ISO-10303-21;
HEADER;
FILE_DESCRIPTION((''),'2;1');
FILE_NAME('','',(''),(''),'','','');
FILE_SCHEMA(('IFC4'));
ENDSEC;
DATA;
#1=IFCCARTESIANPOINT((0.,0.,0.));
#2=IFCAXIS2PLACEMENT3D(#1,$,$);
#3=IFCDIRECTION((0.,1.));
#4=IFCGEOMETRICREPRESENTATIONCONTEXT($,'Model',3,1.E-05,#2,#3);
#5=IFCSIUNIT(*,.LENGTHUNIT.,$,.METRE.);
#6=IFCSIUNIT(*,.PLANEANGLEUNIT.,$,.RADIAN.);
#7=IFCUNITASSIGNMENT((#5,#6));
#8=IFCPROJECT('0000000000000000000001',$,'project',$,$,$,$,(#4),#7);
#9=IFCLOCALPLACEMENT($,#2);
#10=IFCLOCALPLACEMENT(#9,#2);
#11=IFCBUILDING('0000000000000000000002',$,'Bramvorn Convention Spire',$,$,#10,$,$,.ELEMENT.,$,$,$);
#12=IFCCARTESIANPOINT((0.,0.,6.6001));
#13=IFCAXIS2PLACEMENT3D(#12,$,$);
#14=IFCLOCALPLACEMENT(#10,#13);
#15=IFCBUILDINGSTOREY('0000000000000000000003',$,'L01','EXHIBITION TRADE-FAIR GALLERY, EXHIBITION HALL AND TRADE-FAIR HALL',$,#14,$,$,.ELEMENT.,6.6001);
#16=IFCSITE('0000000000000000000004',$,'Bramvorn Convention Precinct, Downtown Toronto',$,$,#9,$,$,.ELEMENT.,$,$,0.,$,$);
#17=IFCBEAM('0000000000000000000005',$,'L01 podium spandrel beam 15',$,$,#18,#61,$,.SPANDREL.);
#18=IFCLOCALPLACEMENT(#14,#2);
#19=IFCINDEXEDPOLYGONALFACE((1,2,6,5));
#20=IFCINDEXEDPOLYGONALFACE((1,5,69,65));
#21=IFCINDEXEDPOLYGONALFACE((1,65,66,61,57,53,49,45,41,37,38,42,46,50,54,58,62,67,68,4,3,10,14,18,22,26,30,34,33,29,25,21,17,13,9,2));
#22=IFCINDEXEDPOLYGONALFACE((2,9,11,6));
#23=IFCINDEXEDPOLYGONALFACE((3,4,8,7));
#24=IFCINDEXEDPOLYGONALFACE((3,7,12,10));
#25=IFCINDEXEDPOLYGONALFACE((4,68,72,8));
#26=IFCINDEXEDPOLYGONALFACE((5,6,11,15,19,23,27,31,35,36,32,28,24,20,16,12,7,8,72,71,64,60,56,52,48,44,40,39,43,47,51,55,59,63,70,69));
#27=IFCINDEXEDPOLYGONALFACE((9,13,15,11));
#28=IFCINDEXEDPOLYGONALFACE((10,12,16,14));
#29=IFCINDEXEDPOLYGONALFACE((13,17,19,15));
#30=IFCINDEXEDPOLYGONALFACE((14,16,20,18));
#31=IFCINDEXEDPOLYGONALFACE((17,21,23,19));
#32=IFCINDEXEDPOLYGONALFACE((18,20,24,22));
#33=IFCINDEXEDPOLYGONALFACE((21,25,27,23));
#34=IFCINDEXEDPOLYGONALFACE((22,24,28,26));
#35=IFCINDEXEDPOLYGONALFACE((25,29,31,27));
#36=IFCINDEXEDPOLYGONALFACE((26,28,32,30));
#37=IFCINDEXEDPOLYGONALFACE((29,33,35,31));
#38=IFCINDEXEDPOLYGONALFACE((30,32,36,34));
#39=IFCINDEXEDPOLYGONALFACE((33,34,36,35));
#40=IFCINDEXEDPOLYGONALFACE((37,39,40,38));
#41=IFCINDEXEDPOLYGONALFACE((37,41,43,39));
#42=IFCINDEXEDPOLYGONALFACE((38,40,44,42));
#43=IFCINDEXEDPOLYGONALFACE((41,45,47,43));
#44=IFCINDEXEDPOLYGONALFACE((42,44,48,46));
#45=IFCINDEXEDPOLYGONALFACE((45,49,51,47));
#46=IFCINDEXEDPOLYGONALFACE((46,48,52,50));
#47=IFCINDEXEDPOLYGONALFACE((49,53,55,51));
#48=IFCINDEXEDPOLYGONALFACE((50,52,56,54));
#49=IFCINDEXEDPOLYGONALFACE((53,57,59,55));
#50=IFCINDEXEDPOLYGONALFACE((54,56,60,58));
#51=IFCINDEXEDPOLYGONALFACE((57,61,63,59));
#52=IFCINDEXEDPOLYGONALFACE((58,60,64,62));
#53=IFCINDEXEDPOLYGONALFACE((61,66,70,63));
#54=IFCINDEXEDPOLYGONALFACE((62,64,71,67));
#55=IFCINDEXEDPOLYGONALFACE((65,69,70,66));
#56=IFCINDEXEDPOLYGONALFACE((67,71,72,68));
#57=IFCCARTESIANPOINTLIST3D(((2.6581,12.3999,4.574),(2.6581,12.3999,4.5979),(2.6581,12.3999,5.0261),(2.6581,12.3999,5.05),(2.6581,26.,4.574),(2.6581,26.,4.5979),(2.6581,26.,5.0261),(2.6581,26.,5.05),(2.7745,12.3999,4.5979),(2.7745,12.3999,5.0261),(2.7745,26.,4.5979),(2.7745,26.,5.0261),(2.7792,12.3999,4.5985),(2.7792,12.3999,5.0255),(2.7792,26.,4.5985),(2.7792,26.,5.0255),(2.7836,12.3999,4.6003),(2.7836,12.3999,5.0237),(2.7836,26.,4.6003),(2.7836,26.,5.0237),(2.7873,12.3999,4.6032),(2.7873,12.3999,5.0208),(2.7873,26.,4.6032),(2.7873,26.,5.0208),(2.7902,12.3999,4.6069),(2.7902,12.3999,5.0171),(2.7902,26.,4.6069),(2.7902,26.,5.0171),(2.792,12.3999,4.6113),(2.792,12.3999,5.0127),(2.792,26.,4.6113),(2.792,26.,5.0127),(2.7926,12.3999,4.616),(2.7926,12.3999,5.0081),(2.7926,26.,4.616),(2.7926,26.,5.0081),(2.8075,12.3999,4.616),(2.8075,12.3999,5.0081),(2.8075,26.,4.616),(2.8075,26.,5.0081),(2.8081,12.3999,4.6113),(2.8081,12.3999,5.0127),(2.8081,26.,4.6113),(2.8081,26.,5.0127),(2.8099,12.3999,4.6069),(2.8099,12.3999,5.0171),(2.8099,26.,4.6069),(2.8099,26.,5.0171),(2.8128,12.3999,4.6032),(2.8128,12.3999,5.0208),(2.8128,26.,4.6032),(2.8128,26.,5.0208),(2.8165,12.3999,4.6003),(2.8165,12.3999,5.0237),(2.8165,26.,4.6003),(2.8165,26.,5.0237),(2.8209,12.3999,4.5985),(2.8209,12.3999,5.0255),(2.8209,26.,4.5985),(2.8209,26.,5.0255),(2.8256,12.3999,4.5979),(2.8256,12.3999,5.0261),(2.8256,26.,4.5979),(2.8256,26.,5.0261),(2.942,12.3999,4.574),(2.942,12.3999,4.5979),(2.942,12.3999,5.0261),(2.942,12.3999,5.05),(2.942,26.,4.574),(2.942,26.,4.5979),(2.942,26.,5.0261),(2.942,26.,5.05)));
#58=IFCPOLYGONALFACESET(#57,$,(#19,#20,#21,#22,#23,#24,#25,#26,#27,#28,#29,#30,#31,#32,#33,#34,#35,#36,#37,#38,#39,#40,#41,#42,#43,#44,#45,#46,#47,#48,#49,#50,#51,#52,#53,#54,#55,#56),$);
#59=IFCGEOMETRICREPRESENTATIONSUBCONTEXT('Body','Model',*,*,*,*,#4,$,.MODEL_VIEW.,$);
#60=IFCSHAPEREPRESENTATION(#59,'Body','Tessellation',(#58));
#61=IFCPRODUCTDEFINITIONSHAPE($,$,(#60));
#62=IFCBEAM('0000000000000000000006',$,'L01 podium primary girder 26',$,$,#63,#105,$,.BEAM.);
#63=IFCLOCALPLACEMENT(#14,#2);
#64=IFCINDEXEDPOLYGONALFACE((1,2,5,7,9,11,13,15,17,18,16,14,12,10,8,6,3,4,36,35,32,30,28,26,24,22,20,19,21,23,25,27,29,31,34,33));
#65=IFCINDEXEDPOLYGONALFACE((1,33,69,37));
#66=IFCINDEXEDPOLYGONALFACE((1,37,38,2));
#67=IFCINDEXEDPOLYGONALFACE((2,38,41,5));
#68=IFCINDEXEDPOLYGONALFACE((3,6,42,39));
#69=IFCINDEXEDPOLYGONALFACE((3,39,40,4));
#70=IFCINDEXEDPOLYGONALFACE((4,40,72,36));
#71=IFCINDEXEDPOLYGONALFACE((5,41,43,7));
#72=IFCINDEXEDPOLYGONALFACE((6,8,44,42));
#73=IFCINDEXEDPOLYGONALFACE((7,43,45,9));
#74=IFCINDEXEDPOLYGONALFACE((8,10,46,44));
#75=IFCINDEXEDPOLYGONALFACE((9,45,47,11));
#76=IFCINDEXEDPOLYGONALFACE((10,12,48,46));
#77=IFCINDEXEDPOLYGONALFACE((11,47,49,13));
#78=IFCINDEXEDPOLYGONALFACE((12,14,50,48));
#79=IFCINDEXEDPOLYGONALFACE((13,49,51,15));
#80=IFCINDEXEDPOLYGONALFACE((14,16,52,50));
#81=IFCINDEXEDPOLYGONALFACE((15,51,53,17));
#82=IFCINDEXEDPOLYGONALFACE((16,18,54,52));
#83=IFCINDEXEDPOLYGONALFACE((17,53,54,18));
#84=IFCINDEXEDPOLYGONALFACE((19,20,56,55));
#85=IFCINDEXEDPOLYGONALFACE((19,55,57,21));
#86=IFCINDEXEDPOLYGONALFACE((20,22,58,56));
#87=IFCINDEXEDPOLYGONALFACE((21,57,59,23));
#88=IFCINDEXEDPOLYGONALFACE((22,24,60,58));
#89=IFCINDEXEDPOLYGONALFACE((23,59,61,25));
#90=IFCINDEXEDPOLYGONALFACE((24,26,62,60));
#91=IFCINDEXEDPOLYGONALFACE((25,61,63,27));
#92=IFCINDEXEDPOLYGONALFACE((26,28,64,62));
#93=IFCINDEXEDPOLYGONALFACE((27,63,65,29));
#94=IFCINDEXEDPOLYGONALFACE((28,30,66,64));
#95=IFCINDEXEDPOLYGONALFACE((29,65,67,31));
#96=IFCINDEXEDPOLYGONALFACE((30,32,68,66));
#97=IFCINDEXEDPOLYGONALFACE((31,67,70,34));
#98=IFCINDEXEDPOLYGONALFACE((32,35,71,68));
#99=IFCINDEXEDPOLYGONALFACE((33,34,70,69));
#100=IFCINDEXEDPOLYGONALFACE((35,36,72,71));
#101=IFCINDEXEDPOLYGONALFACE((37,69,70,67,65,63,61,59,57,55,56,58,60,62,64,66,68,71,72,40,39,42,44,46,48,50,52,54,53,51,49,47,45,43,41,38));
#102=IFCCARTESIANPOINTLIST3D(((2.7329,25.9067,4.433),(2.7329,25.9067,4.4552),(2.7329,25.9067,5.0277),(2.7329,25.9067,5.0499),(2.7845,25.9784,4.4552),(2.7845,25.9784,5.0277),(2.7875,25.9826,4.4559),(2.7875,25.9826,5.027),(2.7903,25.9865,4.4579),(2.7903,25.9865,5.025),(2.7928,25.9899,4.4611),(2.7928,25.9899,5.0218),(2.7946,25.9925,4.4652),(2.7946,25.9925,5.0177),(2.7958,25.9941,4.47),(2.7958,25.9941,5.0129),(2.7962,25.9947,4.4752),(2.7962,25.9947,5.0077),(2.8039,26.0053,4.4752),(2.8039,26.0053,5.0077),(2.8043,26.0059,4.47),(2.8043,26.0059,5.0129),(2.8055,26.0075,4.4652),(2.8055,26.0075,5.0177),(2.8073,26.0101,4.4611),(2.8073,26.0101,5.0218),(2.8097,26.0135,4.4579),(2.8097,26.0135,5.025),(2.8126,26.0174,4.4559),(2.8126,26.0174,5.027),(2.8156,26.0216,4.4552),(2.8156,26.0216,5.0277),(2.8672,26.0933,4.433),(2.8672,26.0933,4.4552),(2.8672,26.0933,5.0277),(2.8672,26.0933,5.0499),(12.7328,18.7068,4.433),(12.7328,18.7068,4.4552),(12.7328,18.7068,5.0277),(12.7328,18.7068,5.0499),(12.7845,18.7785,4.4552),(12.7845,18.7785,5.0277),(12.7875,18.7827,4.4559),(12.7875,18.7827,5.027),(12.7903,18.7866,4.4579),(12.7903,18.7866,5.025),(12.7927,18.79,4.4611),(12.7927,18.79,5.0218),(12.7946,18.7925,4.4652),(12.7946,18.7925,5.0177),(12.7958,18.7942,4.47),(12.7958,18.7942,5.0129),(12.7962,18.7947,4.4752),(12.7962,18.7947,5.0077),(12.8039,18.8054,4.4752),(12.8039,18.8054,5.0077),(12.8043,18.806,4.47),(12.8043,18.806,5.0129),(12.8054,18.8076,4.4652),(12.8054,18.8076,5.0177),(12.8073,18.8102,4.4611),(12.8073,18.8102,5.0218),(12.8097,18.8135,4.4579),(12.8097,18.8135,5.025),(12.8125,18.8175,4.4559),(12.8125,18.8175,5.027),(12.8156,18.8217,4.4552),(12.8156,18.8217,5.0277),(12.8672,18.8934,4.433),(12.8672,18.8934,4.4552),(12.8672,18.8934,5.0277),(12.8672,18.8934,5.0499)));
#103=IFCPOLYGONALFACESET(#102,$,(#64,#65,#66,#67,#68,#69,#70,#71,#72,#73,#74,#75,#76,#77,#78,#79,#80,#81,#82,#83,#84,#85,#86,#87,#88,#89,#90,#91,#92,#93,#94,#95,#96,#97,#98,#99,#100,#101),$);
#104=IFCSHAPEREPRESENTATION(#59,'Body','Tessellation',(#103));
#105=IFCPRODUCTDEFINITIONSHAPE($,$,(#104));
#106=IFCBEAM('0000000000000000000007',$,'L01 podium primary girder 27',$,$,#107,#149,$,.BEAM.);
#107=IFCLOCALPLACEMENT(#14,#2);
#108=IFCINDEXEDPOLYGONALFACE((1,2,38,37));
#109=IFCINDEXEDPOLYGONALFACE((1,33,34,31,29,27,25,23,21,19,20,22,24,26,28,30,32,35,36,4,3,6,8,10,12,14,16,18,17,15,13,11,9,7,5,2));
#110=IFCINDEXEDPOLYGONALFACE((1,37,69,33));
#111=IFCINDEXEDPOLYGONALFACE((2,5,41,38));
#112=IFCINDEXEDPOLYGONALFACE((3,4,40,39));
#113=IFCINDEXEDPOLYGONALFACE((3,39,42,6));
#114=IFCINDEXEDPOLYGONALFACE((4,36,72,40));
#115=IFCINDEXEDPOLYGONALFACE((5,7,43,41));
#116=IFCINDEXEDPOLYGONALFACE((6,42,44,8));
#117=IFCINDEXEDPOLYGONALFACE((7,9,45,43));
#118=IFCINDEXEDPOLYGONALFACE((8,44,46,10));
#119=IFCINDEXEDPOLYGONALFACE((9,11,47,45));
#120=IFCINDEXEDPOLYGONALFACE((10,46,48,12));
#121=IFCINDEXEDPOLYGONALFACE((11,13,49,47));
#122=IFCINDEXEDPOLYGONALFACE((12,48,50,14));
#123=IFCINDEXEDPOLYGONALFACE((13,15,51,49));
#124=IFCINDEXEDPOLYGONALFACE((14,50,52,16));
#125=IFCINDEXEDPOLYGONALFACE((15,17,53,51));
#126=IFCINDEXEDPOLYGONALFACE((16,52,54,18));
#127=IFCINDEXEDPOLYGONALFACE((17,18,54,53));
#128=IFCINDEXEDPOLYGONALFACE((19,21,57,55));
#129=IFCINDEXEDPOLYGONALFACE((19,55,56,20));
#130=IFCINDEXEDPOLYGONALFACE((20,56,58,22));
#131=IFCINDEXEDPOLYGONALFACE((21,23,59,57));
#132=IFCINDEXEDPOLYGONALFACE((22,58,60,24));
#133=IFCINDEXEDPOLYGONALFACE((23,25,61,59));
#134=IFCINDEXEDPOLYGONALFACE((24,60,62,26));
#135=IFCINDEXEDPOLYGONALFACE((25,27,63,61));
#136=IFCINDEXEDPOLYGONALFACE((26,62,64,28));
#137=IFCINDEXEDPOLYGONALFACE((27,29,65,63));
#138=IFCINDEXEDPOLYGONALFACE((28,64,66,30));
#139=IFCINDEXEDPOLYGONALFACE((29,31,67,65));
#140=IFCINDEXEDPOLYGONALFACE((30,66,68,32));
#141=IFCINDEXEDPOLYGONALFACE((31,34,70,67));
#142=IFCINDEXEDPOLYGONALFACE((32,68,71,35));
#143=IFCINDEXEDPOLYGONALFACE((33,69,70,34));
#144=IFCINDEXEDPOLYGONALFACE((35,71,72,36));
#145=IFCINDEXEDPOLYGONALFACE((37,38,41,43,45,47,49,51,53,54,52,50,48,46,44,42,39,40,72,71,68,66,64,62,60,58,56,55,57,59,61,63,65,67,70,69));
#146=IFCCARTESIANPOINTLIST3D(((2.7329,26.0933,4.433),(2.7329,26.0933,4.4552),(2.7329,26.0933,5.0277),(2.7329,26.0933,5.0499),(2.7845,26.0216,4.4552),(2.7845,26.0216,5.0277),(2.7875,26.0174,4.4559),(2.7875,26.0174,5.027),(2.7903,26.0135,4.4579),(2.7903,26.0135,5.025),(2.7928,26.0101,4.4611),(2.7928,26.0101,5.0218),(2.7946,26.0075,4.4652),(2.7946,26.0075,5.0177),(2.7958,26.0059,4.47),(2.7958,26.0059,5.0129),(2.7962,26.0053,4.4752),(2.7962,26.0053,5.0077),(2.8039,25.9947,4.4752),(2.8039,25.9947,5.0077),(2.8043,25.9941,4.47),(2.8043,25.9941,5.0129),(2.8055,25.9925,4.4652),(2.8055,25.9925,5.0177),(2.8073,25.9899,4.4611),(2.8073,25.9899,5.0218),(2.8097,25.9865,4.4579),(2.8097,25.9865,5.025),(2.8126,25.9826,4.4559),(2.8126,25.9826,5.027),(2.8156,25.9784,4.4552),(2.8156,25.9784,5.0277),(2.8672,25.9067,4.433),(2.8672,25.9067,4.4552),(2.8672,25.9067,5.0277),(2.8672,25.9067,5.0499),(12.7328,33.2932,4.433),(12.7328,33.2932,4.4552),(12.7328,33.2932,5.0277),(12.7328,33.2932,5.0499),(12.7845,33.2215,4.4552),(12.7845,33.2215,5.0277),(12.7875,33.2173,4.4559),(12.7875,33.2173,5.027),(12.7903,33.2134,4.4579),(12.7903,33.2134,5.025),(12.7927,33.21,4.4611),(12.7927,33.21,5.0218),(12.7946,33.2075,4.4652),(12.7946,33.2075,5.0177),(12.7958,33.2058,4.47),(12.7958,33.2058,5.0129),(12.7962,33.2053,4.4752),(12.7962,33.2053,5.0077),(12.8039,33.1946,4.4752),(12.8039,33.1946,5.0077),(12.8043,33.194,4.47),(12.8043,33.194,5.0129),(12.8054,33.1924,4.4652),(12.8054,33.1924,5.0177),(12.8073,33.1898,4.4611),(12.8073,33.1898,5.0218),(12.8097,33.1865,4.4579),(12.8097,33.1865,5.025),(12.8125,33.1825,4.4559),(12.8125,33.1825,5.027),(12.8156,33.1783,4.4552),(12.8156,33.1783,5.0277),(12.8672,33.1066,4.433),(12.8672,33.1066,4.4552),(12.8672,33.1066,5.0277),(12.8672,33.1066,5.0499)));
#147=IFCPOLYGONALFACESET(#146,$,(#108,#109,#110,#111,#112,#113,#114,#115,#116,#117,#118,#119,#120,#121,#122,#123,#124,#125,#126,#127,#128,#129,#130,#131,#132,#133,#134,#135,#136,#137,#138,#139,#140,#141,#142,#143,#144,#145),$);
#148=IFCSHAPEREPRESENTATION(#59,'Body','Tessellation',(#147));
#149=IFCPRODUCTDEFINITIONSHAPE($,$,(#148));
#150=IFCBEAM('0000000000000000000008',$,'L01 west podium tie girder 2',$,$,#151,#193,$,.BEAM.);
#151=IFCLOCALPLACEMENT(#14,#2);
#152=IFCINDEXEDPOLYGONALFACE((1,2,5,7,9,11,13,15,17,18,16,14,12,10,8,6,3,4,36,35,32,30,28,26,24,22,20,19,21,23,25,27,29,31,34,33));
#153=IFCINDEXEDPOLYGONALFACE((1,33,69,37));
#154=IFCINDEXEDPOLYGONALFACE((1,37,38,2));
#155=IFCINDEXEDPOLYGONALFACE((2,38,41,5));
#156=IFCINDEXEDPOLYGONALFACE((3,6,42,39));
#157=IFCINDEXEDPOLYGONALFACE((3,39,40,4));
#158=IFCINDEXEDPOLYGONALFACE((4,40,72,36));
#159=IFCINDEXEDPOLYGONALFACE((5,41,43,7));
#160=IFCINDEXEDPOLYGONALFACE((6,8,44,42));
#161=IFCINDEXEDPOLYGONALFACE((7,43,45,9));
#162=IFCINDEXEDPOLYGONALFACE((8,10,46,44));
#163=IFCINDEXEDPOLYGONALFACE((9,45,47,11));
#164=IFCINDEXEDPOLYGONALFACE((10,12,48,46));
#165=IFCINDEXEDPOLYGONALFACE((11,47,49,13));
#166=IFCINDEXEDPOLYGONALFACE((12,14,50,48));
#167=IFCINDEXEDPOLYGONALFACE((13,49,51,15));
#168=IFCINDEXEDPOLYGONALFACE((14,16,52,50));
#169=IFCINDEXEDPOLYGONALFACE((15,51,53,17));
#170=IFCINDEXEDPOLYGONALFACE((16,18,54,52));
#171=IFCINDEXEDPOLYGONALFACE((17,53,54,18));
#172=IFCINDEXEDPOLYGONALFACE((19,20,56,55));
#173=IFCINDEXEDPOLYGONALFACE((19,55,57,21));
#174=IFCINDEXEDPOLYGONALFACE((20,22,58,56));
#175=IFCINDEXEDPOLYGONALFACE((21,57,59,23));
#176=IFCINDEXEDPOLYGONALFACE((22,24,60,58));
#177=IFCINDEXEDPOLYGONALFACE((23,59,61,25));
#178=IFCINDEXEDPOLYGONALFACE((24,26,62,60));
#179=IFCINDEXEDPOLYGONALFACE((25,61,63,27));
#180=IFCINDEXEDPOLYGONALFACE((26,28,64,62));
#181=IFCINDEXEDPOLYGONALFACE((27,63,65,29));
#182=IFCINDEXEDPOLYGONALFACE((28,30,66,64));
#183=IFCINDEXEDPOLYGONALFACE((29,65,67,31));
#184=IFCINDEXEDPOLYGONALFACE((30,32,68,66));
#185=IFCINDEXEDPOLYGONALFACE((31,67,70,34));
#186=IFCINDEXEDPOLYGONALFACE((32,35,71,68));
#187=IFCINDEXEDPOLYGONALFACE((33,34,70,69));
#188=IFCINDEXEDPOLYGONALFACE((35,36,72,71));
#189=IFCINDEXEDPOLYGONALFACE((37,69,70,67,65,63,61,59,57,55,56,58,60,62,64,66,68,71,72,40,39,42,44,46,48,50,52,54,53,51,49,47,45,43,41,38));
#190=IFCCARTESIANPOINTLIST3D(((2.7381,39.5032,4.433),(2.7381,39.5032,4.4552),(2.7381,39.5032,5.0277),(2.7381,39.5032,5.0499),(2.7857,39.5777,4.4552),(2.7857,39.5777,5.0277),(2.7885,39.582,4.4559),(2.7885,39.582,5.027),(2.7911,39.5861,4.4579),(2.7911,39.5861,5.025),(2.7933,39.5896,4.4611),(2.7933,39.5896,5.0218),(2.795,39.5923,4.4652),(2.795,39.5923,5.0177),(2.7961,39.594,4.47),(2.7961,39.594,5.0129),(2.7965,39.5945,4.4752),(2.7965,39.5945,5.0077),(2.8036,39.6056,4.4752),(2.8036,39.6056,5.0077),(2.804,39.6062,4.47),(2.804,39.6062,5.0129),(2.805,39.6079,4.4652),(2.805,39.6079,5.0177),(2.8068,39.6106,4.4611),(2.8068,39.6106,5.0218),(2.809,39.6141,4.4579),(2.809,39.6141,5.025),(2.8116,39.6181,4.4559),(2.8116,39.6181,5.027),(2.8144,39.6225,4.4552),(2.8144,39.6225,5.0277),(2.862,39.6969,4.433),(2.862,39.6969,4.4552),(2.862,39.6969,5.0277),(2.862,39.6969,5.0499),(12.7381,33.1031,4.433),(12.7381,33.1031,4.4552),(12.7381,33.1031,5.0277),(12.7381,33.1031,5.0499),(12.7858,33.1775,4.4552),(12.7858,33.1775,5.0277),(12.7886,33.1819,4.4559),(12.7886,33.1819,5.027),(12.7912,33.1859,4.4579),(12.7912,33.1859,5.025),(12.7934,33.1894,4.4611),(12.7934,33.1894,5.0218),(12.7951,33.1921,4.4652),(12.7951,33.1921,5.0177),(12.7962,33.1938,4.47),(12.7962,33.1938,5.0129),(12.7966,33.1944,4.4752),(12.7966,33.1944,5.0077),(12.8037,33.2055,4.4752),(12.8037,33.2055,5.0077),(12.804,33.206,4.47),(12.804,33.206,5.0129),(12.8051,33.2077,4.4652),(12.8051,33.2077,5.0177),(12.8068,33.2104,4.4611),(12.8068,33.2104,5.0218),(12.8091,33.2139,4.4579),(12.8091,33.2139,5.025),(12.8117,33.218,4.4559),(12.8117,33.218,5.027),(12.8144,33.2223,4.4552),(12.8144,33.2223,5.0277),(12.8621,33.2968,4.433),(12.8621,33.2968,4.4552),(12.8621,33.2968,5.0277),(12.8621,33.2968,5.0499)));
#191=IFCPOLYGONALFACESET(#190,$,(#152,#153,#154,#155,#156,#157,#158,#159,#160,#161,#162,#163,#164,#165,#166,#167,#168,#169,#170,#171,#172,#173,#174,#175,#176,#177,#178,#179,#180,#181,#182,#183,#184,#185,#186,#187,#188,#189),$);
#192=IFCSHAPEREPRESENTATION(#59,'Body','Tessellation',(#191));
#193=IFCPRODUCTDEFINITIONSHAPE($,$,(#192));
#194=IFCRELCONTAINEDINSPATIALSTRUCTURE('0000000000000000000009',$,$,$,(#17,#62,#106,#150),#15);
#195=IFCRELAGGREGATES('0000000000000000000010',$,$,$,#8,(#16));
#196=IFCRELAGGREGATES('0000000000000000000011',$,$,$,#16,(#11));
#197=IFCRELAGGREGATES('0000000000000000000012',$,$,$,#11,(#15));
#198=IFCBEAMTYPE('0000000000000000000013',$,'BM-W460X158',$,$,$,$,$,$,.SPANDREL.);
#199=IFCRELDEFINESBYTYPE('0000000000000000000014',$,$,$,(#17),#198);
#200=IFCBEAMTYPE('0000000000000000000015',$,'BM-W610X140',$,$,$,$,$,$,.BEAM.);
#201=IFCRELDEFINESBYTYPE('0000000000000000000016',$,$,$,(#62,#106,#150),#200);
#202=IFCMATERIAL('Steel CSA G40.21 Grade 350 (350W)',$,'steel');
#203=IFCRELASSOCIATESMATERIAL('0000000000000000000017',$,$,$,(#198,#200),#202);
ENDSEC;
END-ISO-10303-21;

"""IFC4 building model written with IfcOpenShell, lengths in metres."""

from ifc_helpers import new_model, si_unit, direction, frame, origin, origin_2d, place, context, subcontext, project, spatial, i_section, extrude, material, material_profile, profile_set, type_object, element, save


model = new_model("IFC4")

# Units and contexts
model_context = context("Model", 3, precision=1e-05, world=origin(), true_north=direction((0.0, 1.0)))
body_context = subcontext(model_context, "Body", "Model", "MODEL_VIEW")
ifc_project = project(units=[si_unit("LENGTHUNIT", "METRE"), si_unit("PLANEANGLEUNIT", "RADIAN")], contexts=[model_context])

# Site, building, storey
site_placement = place(None, origin())
site = spatial("IfcSite", under=ifc_project, at=site_placement, Name="Bramvorn Convention Precinct, Downtown Toronto", CompositionType="ELEMENT", RefElevation=0.0)
building_placement = place(site_placement, origin())
building = spatial("IfcBuilding", under=site, at=building_placement, Name="Bramvorn Convention Spire", CompositionType="ELEMENT")
storey_placement = place(building_placement, frame((0.0, 0.0, 6.6001)))
storey = spatial("IfcBuildingStorey", under=building, at=storey_placement, Name="L01", Description="EXHIBITION TRADE-FAIR GALLERY, EXHIBITION HALL AND TRADE-FAIR HALL", CompositionType="ELEMENT", Elevation=6.6001)

# Shared definitions
ifc_material_1 = material(Name="Steel CSA G40.21 Grade 350 (350W)", Category="steel")

# Beams
ifc_material_profile_1 = material_profile(ifc_material_1, i_section(OverallWidth=0.2839, OverallDepth=0.4761, WebThickness=0.0149, FlangeThickness=0.0239, FilletRadius=0.0181, at=origin_2d()))
ifc_profile_set_1 = profile_set([ifc_material_profile_1], Name="Steel CSA G40.21 Grade 350 (350W) - W460X158")
beam_type_1 = type_object("IfcBeamType", Name="BM-W460X158", PredefinedType="SPANDREL", material=ifc_profile_set_1)
for number, where, z_axis, x_axis, name in (
    (1, (2.8, 26.0, 4.812), (0.0, -1.0, 0.0), (1.0, 0.0, 0.0), "L01 podium spandrel beam 15"),
):
    element("IfcBeam", number, at=place(storey_placement, frame(where, z_axis=z_axis, x_axis=x_axis)), inside=storey, type_object=beam_type_1, Name=name, PredefinedType="SPANDREL", context=body_context, shape_type="SweptSolid", body=[
        extrude(i_section(OverallWidth=0.2839, OverallDepth=0.4761, WebThickness=0.0149, FlangeThickness=0.0239, FilletRadius=0.0181, at=origin_2d()), origin(), (0.0, 0.0, 1.0), 13.6001),
    ])
ifc_material_profile_2 = material_profile(ifc_material_1, i_section(OverallWidth=0.23, OverallDepth=0.6169, WebThickness=0.0132, FlangeThickness=0.0222, FilletRadius=0.02, at=origin_2d()))
ifc_profile_set_2 = profile_set([ifc_material_profile_2], Name="Steel CSA G40.21 Grade 350 (350W) - W610X140")
beam_type_2 = type_object("IfcBeamType", Name="BM-W610X140", PredefinedType="BEAM", material=ifc_profile_set_2)
for number, where, z_axis, x_axis, name in (
    (2, (2.8, 26.0, 4.7415), (0.811536, -0.584302, 0.0), (0.584302, 0.811536, 0.0), "L01 podium primary girder 26"),
    (3, (2.8, 26.0, 4.7415), (0.811536, 0.584302, 0.0), (-0.584302, 0.811536, 0.0), "L01 podium primary girder 27"),
):
    element("IfcBeam", number, at=place(storey_placement, frame(where, z_axis=z_axis, x_axis=x_axis)), inside=storey, type_object=beam_type_2, Name=name, PredefinedType="BEAM", context=body_context, shape_type="SweptSolid", body=[
        extrude(i_section(OverallWidth=0.23, OverallDepth=0.6169, WebThickness=0.0132, FlangeThickness=0.0222, FilletRadius=0.02, at=origin_2d()), origin(), (0.0, 0.0, 1.0), 12.3223),
    ])
beam_1_placement = place(storey_placement, frame((2.8, 39.6001, 4.7415), z_axis=(0.842266, -0.539062, 0.0), x_axis=(0.539062, 0.842266, 0.0)))
element("IfcBeam", 4, at=beam_1_placement, inside=storey, type_object=beam_type_2, Name="L01 west podium tie girder 2", PredefinedType="BEAM", context=body_context, shape_type="SweptSolid", body=[
    extrude(i_section(OverallWidth=0.23, OverallDepth=0.6169, WebThickness=0.0132, FlangeThickness=0.0222, FilletRadius=0.02, at=origin_2d()), origin(), (0.0, 0.0, 1.0), 11.8728),
])

save(model, "model.ifc")
